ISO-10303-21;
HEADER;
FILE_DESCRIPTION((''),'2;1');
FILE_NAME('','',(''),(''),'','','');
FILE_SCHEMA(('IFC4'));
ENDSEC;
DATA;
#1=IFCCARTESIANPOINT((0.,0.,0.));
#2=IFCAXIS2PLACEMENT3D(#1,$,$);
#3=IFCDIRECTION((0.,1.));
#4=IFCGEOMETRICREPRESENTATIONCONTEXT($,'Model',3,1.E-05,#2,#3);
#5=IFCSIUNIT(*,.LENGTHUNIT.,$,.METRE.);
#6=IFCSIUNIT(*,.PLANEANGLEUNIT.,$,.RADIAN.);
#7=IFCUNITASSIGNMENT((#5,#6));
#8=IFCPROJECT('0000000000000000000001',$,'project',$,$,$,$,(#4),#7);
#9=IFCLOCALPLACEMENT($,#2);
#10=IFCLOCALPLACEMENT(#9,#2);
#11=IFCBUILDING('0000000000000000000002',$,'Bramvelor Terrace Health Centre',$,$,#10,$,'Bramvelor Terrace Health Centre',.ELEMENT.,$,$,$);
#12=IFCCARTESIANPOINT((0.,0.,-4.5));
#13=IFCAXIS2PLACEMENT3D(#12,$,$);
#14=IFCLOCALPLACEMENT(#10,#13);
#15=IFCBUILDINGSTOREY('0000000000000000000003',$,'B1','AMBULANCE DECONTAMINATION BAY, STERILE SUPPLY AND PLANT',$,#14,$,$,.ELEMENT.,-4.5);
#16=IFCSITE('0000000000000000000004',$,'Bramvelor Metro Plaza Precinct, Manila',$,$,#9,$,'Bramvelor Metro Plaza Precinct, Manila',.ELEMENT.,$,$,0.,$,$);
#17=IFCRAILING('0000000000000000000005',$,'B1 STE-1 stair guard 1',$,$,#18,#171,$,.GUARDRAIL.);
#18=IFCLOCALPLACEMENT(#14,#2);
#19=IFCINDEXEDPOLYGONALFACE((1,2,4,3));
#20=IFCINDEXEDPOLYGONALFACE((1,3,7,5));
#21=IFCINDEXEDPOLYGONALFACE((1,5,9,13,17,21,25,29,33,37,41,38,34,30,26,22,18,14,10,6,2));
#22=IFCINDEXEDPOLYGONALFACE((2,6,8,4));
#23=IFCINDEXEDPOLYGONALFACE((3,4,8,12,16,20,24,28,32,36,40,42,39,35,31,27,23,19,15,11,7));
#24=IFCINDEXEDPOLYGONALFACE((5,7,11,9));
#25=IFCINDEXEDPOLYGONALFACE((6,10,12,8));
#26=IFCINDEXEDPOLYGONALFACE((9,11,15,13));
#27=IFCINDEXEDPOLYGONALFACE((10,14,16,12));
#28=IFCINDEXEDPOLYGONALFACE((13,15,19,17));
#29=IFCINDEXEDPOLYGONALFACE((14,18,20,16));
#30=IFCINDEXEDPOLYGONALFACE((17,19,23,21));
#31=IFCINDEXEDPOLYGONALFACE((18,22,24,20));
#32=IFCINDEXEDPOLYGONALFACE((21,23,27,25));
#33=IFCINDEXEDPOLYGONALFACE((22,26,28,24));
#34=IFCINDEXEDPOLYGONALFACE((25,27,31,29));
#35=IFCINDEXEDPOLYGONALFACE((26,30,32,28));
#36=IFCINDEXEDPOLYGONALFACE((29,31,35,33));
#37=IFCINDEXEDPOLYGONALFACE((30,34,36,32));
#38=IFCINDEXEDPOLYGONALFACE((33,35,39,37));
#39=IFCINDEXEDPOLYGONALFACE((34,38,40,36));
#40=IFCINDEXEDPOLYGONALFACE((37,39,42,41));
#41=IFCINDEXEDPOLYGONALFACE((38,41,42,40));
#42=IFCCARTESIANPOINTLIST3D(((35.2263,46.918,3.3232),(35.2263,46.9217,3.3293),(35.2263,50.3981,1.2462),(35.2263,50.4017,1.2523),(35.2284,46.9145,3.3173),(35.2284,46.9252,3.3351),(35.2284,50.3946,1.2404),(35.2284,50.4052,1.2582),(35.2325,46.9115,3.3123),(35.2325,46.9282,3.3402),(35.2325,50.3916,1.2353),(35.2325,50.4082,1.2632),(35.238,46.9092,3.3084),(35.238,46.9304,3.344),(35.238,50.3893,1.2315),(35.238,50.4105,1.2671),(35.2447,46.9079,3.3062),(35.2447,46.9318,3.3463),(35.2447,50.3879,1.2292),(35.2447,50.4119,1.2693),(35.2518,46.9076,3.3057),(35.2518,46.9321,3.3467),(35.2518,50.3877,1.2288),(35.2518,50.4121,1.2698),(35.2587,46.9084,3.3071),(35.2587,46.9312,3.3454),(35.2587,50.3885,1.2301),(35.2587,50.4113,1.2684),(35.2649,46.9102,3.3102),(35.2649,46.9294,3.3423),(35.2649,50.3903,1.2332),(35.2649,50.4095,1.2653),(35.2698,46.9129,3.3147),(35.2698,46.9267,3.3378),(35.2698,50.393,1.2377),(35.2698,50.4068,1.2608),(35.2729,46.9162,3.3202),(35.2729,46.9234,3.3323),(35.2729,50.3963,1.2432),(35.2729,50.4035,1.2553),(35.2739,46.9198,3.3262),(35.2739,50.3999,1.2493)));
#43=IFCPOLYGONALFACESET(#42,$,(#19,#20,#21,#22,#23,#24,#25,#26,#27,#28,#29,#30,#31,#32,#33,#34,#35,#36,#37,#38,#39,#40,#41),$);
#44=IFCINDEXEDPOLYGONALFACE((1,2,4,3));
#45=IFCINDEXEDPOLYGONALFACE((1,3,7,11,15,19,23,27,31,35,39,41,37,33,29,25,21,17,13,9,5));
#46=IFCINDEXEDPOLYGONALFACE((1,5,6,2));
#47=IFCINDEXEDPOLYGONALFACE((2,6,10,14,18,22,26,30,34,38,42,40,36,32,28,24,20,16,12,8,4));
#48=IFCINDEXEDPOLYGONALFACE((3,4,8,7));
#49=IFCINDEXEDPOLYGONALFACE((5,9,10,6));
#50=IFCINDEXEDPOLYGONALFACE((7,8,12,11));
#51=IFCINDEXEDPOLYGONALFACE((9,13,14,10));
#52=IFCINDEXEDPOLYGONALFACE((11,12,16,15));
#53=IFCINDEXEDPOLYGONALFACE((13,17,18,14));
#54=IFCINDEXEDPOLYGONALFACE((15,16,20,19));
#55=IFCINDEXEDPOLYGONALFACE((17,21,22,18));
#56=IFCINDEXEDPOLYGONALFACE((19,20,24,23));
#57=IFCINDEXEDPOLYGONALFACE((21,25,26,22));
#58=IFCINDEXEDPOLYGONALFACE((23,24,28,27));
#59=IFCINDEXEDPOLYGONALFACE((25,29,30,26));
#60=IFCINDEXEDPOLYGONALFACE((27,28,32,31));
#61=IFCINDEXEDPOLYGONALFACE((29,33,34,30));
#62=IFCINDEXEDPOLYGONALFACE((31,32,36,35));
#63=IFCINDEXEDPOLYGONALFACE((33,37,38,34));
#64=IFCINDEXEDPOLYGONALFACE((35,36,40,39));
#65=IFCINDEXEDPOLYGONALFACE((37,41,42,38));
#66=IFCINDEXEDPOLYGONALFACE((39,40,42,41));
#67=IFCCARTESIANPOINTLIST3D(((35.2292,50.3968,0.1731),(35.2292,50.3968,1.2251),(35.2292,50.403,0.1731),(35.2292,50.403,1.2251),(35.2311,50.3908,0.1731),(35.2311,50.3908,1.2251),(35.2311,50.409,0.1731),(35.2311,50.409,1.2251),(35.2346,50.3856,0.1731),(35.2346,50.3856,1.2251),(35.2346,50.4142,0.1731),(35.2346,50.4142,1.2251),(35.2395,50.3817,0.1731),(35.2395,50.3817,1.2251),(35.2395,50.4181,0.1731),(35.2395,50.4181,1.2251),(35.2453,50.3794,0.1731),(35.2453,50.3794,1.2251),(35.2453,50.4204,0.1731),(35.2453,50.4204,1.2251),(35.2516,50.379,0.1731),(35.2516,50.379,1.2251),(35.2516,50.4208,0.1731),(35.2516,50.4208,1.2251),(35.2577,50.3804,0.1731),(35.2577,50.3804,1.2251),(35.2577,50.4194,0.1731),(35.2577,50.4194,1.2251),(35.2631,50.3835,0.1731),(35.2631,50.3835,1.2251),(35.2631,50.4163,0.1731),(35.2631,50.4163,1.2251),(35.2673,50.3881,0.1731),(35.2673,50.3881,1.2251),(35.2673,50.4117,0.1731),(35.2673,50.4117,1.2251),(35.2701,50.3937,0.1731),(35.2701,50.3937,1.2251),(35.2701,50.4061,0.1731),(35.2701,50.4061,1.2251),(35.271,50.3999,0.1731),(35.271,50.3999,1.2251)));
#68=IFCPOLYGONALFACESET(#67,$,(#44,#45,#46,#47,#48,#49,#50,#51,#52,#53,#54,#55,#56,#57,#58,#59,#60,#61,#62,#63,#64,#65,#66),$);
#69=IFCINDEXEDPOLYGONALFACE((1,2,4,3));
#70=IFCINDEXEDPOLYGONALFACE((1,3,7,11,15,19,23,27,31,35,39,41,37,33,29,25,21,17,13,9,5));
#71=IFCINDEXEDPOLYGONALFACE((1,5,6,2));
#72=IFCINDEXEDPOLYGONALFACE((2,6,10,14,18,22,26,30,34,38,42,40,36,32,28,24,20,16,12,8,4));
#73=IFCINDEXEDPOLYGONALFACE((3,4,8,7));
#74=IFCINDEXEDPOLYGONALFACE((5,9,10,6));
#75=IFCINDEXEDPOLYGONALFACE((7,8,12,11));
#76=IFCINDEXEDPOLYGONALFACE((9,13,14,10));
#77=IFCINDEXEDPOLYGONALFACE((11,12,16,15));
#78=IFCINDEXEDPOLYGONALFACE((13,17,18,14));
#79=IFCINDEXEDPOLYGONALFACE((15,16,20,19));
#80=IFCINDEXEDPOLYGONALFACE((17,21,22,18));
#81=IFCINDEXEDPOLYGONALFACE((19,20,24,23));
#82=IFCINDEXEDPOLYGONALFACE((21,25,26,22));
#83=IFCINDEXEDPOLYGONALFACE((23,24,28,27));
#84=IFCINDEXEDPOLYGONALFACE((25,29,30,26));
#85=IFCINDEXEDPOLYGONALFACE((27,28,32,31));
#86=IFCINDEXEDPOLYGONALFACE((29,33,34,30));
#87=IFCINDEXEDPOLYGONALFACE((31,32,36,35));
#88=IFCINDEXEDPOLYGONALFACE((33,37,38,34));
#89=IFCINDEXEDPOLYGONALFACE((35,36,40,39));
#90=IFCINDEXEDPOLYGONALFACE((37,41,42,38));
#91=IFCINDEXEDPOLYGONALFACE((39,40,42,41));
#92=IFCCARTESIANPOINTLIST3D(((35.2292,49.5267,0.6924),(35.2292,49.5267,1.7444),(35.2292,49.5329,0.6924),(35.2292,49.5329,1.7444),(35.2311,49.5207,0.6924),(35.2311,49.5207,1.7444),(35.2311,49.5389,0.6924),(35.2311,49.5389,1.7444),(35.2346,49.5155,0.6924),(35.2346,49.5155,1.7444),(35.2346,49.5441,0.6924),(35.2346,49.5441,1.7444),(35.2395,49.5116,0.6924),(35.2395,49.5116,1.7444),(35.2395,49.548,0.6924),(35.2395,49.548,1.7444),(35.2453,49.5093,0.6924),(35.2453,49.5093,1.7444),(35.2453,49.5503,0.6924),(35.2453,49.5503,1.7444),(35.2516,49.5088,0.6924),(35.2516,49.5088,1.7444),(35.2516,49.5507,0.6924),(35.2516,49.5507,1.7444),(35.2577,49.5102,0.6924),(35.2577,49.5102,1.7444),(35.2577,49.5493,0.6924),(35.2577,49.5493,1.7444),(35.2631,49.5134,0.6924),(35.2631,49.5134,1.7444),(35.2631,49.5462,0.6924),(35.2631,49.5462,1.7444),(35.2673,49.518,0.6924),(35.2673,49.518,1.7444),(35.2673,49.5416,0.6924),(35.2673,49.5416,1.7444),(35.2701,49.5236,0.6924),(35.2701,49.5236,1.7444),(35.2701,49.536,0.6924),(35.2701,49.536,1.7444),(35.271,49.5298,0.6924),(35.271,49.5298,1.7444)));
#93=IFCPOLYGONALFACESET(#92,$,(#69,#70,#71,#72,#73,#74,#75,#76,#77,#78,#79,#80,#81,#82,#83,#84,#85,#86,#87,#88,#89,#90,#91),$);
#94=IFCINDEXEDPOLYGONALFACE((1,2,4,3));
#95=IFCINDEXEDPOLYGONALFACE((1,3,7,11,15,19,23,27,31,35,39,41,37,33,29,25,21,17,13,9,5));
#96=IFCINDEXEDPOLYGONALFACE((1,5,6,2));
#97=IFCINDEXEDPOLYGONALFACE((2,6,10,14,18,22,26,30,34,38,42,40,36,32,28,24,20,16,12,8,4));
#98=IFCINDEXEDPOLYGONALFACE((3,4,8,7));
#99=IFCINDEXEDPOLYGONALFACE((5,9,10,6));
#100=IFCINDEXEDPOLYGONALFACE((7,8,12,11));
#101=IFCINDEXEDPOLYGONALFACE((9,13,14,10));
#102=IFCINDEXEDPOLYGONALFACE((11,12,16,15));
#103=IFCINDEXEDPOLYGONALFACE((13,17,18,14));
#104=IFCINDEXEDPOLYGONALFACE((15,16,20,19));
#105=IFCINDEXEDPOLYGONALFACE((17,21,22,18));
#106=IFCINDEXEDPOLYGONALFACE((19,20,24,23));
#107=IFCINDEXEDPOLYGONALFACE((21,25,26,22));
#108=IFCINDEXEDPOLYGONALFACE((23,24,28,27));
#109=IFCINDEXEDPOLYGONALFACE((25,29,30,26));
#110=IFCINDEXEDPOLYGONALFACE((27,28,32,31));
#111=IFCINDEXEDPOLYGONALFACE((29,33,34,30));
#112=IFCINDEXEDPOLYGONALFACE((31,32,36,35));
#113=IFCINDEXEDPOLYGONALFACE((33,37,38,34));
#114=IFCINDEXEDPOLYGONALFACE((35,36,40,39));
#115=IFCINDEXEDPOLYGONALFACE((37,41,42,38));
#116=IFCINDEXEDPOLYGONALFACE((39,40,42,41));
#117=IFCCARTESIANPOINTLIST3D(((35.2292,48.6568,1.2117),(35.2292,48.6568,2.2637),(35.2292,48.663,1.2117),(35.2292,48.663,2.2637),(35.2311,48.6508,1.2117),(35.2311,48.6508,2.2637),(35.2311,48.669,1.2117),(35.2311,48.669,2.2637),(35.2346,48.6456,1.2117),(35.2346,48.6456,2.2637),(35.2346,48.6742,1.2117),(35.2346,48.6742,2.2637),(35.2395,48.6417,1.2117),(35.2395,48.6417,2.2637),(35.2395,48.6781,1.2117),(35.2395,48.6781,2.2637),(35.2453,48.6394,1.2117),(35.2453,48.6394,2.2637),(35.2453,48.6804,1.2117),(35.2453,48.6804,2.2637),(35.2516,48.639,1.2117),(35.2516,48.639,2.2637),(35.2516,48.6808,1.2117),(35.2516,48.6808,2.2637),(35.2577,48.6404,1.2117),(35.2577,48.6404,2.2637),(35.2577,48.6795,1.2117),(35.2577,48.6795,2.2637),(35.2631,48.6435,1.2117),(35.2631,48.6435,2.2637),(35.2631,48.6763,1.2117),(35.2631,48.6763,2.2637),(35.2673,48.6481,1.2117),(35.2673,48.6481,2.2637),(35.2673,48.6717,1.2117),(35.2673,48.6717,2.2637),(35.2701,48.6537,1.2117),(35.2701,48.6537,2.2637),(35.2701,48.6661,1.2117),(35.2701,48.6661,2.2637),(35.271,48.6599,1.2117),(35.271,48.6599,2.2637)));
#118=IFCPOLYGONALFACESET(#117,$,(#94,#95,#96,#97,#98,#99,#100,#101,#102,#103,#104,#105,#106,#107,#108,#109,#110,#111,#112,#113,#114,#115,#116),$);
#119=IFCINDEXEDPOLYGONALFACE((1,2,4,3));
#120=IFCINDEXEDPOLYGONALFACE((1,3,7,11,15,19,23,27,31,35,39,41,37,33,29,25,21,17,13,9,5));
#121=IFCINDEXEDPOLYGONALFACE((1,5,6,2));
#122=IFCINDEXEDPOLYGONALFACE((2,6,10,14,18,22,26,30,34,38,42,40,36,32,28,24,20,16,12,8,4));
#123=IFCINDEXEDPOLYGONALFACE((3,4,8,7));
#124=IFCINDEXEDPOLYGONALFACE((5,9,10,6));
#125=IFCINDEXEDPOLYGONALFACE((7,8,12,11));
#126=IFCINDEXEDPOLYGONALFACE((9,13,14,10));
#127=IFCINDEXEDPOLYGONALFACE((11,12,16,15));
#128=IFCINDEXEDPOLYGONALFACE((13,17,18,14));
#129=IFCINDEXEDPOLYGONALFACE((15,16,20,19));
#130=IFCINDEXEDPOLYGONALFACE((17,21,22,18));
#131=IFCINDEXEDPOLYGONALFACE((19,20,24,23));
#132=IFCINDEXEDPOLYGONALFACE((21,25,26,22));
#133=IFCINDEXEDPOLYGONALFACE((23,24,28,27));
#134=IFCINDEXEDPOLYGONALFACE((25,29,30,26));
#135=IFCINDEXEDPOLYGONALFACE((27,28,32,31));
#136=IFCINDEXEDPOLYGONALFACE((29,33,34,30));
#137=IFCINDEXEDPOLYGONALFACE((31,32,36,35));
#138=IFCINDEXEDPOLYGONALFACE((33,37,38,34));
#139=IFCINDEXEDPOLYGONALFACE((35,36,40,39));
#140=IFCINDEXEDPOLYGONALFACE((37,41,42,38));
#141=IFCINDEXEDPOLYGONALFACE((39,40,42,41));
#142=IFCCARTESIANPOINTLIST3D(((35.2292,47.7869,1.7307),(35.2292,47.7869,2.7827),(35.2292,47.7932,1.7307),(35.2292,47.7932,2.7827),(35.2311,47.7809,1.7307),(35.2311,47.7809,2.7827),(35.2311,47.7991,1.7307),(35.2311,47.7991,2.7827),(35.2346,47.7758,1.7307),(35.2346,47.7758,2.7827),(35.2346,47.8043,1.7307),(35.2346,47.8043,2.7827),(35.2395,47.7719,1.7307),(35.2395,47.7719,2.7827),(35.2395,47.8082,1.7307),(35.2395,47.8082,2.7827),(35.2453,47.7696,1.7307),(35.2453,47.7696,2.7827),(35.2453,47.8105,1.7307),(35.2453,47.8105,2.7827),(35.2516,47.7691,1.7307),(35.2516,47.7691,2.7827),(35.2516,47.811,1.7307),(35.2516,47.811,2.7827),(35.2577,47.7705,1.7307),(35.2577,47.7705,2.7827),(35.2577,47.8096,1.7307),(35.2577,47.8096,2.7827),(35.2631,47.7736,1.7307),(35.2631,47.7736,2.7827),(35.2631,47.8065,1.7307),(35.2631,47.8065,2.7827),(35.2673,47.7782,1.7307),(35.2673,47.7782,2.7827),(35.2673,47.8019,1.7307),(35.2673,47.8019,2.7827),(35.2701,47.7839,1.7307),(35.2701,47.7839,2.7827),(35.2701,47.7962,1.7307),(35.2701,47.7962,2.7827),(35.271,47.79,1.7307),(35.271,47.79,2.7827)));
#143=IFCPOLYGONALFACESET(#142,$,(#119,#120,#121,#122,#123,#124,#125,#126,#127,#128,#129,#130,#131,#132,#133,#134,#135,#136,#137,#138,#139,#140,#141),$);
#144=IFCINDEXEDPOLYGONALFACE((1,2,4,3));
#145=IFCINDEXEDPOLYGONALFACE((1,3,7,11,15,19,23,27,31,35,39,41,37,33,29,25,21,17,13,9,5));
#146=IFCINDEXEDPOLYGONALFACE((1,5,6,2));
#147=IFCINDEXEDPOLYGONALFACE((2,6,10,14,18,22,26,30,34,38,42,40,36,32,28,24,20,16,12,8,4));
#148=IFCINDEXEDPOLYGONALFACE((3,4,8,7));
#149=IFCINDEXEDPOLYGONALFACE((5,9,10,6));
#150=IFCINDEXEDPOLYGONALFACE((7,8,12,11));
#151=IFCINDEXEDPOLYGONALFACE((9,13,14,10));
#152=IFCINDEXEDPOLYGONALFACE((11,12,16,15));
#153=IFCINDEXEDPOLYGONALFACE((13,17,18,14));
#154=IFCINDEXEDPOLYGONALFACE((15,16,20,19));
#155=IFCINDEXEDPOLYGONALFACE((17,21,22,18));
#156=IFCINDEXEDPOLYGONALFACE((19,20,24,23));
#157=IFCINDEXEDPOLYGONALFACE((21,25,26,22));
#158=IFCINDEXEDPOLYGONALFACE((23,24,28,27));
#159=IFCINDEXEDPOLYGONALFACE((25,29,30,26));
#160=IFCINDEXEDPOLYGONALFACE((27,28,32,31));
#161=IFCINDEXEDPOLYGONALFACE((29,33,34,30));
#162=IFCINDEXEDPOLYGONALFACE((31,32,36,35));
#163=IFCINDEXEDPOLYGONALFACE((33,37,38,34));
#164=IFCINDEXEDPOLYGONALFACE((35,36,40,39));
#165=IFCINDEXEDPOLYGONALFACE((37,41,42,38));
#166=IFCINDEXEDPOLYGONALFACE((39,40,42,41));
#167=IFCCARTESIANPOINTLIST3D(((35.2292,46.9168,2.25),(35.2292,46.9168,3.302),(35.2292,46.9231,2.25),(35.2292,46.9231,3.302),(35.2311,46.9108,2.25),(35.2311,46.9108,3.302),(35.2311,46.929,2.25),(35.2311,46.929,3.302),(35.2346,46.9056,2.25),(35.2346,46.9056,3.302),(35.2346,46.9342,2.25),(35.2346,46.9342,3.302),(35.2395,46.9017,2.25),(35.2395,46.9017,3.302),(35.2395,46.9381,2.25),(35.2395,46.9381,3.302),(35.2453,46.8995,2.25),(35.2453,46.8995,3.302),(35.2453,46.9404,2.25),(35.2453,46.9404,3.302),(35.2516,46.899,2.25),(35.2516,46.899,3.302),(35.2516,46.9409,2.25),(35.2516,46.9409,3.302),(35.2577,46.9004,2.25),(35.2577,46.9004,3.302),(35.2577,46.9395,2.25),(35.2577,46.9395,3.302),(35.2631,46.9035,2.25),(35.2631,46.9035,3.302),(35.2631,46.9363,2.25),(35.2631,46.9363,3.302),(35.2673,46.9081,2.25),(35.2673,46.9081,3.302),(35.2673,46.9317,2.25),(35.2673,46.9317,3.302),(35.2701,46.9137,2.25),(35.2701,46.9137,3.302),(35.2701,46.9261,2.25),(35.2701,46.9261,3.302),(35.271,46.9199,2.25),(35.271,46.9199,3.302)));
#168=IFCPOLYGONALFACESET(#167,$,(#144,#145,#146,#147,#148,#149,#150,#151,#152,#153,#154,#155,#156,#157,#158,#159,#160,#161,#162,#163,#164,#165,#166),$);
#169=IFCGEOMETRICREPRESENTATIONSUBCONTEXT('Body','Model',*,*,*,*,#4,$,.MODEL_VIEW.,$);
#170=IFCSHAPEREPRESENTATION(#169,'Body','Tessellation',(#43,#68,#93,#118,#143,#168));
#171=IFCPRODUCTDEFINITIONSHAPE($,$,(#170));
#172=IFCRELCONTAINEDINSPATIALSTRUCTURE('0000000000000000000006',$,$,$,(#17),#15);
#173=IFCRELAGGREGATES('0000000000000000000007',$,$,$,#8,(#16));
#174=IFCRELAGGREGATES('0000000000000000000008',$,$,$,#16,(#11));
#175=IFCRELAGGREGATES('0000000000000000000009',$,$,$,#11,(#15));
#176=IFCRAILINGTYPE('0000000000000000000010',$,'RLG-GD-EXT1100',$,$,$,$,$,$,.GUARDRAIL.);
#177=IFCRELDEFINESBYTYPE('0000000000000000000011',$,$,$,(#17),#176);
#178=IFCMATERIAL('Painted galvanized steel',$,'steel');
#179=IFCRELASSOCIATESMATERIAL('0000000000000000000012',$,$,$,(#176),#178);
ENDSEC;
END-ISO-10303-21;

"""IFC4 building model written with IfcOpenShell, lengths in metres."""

from ifc_helpers import new_model, si_unit, direction, frame, origin, origin_2d, place, context, subcontext, project, spatial, circle, extrude, material, type_object, element, save


model = new_model("IFC4")

# Units and contexts
model_context = context("Model", 3, precision=1e-05, world=origin(), true_north=direction((0.0, 1.0)))
body_context = subcontext(model_context, "Body", "Model", "MODEL_VIEW")
ifc_project = project(units=[si_unit("LENGTHUNIT", "METRE"), si_unit("PLANEANGLEUNIT", "RADIAN")], contexts=[model_context])

# Site, building, storey
site_placement = place(None, origin())
site = spatial("IfcSite", under=ifc_project, at=site_placement, Name="Bramvelor Metro Plaza Precinct, Manila", LongName="Bramvelor Metro Plaza Precinct, Manila", CompositionType="ELEMENT", RefElevation=0.0)
building_placement = place(site_placement, origin())
building = spatial("IfcBuilding", under=site, at=building_placement, Name="Bramvelor Terrace Health Centre", LongName="Bramvelor Terrace Health Centre", CompositionType="ELEMENT")
storey_placement = place(building_placement, frame((0.0, 0.0, -4.5)))
storey = spatial("IfcBuildingStorey", under=building, at=storey_placement, Name="B1", Description="AMBULANCE DECONTAMINATION BAY, STERILE SUPPLY AND PLANT", CompositionType="ELEMENT", Elevation=-4.5)

# Railing
ifc_material_1 = material(Name="Painted galvanized steel", Category="steel")
railing_type_1 = type_object("IfcRailingType", Name="RLG-GD-EXT1100", PredefinedType="GUARDRAIL", material=ifc_material_1)
railing_1_placement = place(storey_placement, frame((35.25, 50.3999, 0.1731)))
element("IfcRailing", 1, at=railing_1_placement, inside=storey, type_object=railing_type_1, Name="B1 STE-1 stair guard 1", PredefinedType="GUARDRAIL", context=body_context, shape_type="SweptSolid", body=[
    extrude(circle(Radius=0.0239, at=origin_2d()), frame((0.0, 0.0, 1.0762), z_axis=(0.0, -0.858697, 0.512483), x_axis=(1.0, 0.0, 0.0)), (0.0, 0.0, 1.0), 4.0527),
    extrude(circle(Radius=0.021, at=origin_2d()), origin(), (0.0, 0.0, 1.0), 1.052),
    extrude(circle(Radius=0.021, at=origin_2d()), frame((0.0, -0.8701, 0.5193)), (0.0, 0.0, 1.0), 1.052),
    extrude(circle(Radius=0.021, at=origin_2d()), frame((0.0, -1.74, 1.0386)), (0.0, 0.0, 1.0), 1.052),
    extrude(circle(Radius=0.021, at=origin_2d()), frame((0.0, -2.6099, 1.5576)), (0.0, 0.0, 1.0), 1.052),
    extrude(circle(Radius=0.021, at=origin_2d()), frame((0.0, -3.48, 2.0769)), (0.0, 0.0, 1.0), 1.052),
])

save(model, "model.ifc")
